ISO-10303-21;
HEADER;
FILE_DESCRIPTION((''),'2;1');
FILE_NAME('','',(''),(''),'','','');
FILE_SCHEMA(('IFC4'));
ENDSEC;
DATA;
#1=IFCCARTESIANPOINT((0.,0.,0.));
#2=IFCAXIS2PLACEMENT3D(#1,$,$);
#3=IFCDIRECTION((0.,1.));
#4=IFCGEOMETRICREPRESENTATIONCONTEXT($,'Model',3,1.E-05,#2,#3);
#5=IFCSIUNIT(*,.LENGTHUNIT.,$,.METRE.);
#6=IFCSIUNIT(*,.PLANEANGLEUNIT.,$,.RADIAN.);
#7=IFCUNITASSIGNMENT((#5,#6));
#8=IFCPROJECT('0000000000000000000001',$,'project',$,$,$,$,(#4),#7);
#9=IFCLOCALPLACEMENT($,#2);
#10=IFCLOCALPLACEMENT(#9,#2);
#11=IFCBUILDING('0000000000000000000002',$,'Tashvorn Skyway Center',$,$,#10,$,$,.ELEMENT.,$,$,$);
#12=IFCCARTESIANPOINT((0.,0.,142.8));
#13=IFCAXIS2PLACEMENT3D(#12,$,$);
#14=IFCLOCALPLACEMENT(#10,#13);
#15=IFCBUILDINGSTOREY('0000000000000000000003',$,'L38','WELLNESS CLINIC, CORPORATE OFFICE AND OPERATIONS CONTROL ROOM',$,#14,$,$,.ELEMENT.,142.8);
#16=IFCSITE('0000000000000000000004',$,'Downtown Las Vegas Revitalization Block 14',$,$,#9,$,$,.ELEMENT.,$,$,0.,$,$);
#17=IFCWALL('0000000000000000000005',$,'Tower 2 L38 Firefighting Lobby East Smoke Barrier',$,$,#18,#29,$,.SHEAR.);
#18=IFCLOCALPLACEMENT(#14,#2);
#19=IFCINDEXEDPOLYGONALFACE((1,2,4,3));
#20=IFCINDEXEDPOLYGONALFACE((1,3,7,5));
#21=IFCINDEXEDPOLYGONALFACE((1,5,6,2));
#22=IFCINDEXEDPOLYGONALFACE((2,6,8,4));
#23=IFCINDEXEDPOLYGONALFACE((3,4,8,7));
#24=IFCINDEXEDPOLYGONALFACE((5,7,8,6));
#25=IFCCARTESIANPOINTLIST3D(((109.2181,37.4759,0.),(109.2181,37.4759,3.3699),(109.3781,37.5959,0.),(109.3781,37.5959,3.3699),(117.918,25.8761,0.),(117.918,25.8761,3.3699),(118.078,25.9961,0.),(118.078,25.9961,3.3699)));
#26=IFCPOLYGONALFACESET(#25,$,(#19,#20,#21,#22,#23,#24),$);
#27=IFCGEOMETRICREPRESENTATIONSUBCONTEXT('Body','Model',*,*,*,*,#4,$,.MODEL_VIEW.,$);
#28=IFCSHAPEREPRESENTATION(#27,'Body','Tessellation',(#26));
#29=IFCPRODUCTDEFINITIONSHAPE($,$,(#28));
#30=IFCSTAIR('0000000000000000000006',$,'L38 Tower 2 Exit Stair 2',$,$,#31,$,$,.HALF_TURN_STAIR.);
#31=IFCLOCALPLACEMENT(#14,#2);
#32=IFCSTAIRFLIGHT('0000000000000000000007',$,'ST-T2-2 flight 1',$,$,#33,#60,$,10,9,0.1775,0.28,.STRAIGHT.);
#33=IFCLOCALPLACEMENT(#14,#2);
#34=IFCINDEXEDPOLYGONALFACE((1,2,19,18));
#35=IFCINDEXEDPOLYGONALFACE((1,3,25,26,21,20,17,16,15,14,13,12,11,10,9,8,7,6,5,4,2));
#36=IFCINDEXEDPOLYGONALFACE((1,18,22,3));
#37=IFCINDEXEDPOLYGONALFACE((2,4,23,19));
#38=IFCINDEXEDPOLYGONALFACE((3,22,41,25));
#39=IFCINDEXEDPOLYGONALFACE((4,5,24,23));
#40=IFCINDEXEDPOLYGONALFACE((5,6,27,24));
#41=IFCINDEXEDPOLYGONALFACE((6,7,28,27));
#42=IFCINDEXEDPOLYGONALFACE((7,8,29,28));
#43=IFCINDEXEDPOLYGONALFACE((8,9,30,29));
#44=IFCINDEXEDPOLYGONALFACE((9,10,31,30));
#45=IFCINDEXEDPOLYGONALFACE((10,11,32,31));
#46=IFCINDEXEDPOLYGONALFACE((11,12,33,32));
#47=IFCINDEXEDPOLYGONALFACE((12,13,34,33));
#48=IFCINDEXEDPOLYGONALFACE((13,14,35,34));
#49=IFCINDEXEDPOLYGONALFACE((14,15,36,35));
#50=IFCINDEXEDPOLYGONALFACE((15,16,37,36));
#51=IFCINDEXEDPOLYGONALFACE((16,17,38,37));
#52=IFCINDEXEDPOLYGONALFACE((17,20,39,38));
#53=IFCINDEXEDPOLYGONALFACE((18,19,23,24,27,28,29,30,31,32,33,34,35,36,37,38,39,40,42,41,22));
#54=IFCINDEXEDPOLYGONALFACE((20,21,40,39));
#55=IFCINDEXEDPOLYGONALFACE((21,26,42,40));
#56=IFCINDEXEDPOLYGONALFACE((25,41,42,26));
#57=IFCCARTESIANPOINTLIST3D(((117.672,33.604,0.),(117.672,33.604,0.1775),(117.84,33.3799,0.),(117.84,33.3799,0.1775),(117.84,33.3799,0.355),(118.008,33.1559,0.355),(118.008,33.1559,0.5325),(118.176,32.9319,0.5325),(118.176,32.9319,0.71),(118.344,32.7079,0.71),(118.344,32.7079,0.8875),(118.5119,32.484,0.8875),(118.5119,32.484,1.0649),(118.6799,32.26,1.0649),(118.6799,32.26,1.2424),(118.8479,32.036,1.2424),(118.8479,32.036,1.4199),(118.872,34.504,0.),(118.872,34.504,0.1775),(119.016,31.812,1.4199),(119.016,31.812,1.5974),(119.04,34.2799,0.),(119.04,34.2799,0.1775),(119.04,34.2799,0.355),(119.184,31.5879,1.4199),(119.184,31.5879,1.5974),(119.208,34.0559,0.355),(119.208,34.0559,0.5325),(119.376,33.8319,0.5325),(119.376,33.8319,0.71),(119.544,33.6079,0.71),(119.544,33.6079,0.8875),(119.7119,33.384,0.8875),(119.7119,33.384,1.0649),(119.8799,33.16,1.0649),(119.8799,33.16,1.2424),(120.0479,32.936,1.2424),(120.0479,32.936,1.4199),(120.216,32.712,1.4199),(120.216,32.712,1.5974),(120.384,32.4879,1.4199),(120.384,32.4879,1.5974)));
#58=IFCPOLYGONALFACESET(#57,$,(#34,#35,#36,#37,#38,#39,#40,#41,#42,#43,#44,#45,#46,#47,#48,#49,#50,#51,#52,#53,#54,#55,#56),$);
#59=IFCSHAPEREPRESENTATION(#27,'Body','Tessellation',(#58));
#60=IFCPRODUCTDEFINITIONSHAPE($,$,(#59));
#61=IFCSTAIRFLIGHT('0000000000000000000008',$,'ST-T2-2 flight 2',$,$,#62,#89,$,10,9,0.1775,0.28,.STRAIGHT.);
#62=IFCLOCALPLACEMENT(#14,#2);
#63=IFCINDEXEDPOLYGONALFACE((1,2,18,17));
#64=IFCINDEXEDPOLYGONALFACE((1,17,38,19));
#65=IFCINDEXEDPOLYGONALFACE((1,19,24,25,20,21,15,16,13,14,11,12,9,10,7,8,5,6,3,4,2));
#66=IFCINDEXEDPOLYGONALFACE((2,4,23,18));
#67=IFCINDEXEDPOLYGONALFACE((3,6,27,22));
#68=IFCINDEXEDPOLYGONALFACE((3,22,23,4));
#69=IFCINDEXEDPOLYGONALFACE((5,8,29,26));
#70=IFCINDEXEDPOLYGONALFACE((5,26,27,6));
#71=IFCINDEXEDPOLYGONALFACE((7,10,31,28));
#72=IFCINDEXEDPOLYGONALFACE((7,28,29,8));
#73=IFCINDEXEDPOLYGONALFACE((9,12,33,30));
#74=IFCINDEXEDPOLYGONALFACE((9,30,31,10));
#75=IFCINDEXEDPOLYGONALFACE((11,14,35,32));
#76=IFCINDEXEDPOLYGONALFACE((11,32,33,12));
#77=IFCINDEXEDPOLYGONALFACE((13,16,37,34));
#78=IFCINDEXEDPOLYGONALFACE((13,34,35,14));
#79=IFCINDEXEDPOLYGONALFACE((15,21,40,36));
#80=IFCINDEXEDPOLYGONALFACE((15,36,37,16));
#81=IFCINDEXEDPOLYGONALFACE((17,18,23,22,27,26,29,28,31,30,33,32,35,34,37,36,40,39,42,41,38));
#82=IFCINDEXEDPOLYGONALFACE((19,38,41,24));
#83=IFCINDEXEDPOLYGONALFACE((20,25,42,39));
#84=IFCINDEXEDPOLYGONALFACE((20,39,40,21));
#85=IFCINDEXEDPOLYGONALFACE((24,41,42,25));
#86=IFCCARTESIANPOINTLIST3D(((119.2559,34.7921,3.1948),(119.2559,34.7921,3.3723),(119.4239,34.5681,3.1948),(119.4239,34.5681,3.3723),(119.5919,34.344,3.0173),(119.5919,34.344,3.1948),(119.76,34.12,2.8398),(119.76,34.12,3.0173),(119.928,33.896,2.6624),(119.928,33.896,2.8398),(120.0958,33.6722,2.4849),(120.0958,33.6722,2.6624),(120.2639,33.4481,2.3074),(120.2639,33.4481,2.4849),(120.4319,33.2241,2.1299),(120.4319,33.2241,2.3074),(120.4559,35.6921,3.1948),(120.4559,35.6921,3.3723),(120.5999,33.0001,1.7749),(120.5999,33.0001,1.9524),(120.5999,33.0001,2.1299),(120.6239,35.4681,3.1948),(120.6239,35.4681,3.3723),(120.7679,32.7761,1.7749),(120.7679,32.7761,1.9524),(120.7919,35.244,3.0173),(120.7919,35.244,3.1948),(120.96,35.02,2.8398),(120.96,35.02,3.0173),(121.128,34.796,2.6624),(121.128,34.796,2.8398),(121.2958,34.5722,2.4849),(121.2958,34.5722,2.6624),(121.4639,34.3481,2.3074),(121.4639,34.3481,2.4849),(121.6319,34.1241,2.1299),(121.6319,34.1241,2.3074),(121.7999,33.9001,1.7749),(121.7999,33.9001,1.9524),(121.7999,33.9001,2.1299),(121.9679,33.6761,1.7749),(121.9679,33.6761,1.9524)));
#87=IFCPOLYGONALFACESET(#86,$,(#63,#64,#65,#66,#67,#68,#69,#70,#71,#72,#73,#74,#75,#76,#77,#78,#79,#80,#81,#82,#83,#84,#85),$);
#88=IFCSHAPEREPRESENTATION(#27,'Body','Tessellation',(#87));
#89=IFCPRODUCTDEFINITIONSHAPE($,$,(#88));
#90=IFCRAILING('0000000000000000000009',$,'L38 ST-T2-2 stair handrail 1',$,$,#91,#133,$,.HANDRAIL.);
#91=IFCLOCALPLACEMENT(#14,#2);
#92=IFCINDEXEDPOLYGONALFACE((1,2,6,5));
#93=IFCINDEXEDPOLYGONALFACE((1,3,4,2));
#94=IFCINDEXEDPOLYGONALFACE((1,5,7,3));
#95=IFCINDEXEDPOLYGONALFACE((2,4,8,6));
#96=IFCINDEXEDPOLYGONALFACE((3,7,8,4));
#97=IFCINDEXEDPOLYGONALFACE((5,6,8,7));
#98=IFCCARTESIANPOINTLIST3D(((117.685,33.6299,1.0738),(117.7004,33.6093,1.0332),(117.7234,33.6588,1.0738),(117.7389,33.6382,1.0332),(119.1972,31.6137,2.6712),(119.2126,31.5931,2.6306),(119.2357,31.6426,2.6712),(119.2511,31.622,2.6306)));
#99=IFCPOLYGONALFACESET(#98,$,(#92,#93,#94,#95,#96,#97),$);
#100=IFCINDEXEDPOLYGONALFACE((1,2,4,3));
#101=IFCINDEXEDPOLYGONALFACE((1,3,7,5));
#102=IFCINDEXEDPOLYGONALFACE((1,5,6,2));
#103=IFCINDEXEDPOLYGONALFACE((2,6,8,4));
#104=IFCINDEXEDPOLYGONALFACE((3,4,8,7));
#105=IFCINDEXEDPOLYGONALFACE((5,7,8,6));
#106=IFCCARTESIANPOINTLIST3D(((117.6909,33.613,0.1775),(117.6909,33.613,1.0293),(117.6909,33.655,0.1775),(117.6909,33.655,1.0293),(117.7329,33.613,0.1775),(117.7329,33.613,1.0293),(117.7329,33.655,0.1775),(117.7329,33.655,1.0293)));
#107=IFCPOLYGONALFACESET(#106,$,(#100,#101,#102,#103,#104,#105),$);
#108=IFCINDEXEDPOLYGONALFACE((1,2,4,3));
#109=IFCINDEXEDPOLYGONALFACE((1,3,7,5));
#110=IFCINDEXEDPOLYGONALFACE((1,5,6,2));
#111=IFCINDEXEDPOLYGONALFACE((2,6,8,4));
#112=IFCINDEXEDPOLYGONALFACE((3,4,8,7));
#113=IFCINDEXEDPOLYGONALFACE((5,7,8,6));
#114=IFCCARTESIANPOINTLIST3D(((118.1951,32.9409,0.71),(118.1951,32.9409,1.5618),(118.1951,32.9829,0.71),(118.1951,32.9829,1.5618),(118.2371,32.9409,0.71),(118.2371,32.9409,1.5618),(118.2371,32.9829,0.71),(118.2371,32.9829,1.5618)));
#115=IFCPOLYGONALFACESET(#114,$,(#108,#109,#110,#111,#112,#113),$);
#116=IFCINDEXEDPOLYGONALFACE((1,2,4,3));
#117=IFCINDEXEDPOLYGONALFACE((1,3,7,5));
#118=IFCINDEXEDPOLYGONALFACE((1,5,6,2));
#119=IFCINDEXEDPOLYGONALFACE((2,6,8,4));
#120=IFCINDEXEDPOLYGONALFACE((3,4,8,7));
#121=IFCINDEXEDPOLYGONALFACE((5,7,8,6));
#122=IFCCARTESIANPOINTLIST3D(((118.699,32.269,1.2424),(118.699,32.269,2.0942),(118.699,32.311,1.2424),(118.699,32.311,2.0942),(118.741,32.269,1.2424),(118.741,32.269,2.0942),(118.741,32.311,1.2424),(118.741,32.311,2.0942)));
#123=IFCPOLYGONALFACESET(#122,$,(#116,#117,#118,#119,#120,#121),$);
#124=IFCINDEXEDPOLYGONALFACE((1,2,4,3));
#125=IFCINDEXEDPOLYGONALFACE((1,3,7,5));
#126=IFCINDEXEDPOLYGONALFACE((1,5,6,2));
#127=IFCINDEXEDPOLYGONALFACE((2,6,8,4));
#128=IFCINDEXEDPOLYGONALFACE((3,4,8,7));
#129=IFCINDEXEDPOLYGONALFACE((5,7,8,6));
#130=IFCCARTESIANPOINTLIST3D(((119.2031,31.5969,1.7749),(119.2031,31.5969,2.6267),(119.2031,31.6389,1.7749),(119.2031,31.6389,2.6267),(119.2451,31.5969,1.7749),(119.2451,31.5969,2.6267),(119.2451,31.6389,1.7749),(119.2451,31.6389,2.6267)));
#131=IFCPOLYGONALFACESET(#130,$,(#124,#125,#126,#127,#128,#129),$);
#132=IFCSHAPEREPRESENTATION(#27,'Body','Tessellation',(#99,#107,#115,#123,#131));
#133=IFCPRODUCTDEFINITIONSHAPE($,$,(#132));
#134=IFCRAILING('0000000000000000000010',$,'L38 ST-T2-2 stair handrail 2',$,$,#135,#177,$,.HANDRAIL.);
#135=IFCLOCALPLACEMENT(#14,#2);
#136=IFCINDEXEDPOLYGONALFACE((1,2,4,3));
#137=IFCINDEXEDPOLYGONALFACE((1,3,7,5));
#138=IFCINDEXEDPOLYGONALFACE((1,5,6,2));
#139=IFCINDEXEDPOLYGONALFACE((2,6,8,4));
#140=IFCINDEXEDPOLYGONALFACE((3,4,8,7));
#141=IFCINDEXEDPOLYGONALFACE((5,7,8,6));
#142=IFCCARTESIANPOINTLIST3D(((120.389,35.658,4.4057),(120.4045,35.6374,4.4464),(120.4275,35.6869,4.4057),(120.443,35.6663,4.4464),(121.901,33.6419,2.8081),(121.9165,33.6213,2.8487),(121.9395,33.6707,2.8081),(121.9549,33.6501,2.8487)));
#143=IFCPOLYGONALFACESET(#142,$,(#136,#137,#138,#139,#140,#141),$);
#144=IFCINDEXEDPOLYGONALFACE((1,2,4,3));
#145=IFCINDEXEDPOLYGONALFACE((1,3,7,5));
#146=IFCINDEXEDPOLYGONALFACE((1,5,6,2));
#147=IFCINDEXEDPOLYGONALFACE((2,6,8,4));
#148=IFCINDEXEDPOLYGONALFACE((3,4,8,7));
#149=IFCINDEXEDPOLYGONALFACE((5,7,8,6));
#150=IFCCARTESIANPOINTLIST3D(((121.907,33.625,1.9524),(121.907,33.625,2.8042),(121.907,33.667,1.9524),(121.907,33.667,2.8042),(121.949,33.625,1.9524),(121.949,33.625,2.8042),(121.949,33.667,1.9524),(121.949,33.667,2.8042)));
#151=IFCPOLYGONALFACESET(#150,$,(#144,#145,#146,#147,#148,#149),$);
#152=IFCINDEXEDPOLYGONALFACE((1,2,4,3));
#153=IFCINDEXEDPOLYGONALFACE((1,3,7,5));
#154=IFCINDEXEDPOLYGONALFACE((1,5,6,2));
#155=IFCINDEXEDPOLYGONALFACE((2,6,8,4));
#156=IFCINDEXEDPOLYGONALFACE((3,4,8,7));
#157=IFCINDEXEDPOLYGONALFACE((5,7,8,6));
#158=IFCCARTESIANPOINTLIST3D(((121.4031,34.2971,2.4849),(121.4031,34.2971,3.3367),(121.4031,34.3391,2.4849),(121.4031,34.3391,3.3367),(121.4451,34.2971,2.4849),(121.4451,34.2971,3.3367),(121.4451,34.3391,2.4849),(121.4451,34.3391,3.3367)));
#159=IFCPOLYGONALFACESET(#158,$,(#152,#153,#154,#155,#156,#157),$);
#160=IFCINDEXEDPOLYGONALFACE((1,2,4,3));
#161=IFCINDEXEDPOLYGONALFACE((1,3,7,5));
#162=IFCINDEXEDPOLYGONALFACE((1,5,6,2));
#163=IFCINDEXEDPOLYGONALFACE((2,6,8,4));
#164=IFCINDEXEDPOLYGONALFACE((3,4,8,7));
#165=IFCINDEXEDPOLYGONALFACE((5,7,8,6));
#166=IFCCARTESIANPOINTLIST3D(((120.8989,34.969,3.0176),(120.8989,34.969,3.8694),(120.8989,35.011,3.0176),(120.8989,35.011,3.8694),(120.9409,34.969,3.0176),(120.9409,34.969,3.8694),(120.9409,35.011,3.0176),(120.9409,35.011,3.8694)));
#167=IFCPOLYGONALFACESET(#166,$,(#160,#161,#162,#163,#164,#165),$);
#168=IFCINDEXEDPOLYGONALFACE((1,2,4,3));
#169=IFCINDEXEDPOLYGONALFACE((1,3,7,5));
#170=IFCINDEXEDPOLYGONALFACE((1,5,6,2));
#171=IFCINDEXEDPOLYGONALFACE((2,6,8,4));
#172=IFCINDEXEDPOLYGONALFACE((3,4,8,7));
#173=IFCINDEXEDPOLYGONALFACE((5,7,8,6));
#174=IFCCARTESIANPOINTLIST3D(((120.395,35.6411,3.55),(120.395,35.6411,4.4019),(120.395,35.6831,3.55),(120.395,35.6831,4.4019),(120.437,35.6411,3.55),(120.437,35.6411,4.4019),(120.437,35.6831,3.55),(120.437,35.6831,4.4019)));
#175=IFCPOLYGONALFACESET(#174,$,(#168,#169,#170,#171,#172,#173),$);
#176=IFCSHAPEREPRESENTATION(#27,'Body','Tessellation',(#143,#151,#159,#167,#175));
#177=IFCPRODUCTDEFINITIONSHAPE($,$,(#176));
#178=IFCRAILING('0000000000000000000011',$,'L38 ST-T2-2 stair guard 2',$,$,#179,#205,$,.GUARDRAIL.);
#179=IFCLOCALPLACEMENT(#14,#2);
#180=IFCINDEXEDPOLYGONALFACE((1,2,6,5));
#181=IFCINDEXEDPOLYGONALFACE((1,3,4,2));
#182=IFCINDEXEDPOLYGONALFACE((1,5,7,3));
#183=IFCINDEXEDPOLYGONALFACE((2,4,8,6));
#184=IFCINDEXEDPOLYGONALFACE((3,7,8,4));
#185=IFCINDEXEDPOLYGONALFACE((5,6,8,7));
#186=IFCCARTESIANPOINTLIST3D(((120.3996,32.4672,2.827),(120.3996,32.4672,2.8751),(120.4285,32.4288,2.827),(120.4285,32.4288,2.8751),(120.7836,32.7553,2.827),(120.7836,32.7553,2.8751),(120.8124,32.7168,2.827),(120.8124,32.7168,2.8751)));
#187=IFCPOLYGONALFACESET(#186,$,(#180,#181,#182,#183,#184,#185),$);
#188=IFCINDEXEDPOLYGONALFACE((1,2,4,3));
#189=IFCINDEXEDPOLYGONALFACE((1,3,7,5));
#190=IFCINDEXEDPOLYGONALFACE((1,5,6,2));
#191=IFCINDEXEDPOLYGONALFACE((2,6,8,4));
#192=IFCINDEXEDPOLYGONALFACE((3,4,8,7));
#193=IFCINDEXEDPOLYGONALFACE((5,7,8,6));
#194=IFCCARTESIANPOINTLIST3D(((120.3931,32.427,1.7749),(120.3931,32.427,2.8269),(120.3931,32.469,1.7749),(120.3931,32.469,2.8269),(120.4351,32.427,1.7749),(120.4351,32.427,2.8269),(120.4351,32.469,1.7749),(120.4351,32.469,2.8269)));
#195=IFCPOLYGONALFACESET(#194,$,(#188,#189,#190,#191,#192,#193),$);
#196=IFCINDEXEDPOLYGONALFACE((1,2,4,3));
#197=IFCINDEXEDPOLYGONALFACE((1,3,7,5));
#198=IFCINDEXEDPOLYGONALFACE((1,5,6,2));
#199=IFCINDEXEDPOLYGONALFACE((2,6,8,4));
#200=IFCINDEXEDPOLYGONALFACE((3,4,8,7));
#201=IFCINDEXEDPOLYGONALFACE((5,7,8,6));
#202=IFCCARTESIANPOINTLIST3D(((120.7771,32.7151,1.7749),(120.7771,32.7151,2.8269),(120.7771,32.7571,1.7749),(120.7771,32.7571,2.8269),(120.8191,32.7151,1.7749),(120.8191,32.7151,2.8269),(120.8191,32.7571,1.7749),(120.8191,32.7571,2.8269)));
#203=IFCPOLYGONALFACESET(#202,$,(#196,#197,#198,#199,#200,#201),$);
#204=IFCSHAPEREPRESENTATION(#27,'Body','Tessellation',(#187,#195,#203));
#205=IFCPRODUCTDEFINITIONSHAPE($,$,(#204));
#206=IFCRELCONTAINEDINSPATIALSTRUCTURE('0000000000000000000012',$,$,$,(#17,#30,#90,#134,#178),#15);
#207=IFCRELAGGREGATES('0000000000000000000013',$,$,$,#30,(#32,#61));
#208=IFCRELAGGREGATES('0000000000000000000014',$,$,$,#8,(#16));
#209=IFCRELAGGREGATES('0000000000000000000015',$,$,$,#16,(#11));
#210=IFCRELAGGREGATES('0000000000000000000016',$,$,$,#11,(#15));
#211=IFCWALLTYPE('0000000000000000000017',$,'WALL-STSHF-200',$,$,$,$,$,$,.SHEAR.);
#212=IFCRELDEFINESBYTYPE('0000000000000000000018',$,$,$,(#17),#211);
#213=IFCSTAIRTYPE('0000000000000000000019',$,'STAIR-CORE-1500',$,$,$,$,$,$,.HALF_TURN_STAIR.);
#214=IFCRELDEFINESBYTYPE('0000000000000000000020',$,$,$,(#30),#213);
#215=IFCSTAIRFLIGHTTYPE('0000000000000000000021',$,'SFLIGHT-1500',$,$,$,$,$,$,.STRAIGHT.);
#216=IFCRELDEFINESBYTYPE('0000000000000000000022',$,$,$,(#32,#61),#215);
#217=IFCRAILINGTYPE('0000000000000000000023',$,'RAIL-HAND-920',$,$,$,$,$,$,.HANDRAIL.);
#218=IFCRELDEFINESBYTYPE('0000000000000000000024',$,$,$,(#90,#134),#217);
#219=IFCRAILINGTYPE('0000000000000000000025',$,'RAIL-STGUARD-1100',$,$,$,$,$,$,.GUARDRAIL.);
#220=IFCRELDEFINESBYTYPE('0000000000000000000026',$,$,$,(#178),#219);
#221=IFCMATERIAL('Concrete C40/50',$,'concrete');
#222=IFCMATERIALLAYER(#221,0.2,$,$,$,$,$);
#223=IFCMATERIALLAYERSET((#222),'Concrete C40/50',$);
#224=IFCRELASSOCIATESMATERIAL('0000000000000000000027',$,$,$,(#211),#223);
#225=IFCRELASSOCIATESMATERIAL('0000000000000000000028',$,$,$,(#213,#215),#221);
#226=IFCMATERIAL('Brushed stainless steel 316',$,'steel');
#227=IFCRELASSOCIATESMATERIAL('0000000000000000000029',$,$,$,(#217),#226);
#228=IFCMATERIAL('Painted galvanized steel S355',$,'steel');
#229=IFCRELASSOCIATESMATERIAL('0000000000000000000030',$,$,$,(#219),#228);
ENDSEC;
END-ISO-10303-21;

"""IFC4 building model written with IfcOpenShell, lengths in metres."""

from ifc_helpers import new_model, si_unit, direction, frame, frame_2d, origin, origin_2d, place, context, subcontext, project, spatial, polyline, rectangle, outline, extrude, material, layer, layer_set, type_object, element, aggregate, save


model = new_model("IFC4")

# Units and contexts
model_context = context("Model", 3, precision=1e-05, world=origin(), true_north=direction((0.0, 1.0)))
body_context = subcontext(model_context, "Body", "Model", "MODEL_VIEW")
ifc_project = project(units=[si_unit("LENGTHUNIT", "METRE"), si_unit("PLANEANGLEUNIT", "RADIAN")], contexts=[model_context])

# Site, building, storey
site_placement = place(None, origin())
site = spatial("IfcSite", under=ifc_project, at=site_placement, Name="Downtown Las Vegas Revitalization Block 14", CompositionType="ELEMENT", RefElevation=0.0)
building_placement = place(site_placement, origin())
building = spatial("IfcBuilding", under=site, at=building_placement, Name="Tashvorn Skyway Center", CompositionType="ELEMENT")
storey_placement = place(building_placement, frame((0.0, 0.0, 142.8)))
storey = spatial("IfcBuildingStorey", under=building, at=storey_placement, Name="L38", Description="WELLNESS CLINIC, CORPORATE OFFICE AND OPERATIONS CONTROL ROOM", CompositionType="ELEMENT", Elevation=142.8)

# Shared definitions
ifc_material_1 = material(Name="Concrete C40/50", Category="concrete")

# Wall
ifc_layer_1 = layer(ifc_material_1, 0.2)
ifc_layer_set_1 = layer_set([ifc_layer_1], Name="Concrete C40/50")
wall_type_1 = type_object("IfcWallType", Name="WALL-STSHF-200", PredefinedType="SHEAR", material=ifc_layer_set_1)
wall_1_placement = place(storey_placement, frame((117.998, 25.936, 0.0), z_axis=(0.0, 0.0, 1.0), x_axis=(-0.600003, 0.799998, 0.0)))
element("IfcWall", 1, at=wall_1_placement, inside=storey, type_object=wall_type_1, Name="Tower 2 L38 Firefighting Lobby East Smoke Barrier", PredefinedType="SHEAR", context=body_context, shape_type="SweptSolid", body=[
    extrude(rectangle(XDim=14.4998, YDim=0.2, at=frame_2d((7.25, 0.0))), origin(), (0.0, 0.0, 1.0), 3.3699),
])

# Stair, stair flights
stair_type = type_object("IfcStairType", Name="STAIR-CORE-1500", PredefinedType="HALF_TURN_STAIR", material=ifc_material_1)
stair_placement = place(storey_placement, origin())
stair = element("IfcStair", 2, at=stair_placement, inside=storey, type_object=stair_type, Name="L38 Tower 2 Exit Stair 2", PredefinedType="HALF_TURN_STAIR")
stair_flight_type = type_object("IfcStairFlightType", Name="SFLIGHT-1500", PredefinedType="STRAIGHT", material=ifc_material_1)
stair_flight_1_placement = place(storey_placement, frame((118.272, 34.054, 0.0), z_axis=(0.0, 0.0, 1.0), x_axis=(0.6, -0.8, 0.0)))
stair_flight_1 = element("IfcStairFlight", 3, at=stair_flight_1_placement, type_object=stair_flight_type, Name="ST-T2-2 flight 1", NumberOfRisers=10, NumberOfTreads=9, PredefinedType="STRAIGHT", RiserHeight=0.1775, TreadLength=0.28, context=body_context, shape_type="SweptSolid", body=[
    extrude(outline(polyline([(0.0, 0.0), (0.0, 0.1775), (0.28, 0.1775), (0.28, 0.355), (0.5601, 0.355), (0.5601, 0.5325), (0.8401, 0.5325), (0.8401, 0.71), (1.1201, 0.71), (1.1201, 0.8875), (1.3999, 0.8875), (1.3999, 1.0649), (1.6799, 1.0649), (1.6799, 1.2424), (1.96, 1.2424), (1.96, 1.4199), (2.24, 1.4199), (2.24, 1.5974), (2.52, 1.5974), (2.52, 1.7749), (2.52, 1.4199), (0.28, 0.0), (0.0, 0.0)])), frame((0.0, 0.75, 0.0), z_axis=(0.0, -1.0, 0.0), x_axis=(1.0, 0.0, 0.0)), (0.0, 0.0, 1.0), 1.5),
])
stair_flight_2_placement = place(storey_placement, frame((121.3679, 33.2261, 1.7749), z_axis=(0.0, 0.0, 1.0), x_axis=(-0.6, 0.8, 0.0)))
stair_flight_2 = element("IfcStairFlight", 4, at=stair_flight_2_placement, type_object=stair_flight_type, Name="ST-T2-2 flight 2", NumberOfRisers=10, NumberOfTreads=9, PredefinedType="STRAIGHT", RiserHeight=0.1775, TreadLength=0.28, context=body_context, shape_type="SweptSolid", body=[
    extrude(outline(polyline([(0.0, 0.0), (0.0, 0.1775), (0.28, 0.1775), (0.28, 0.355), (0.5601, 0.355), (0.5601, 0.5325), (0.8401, 0.5325), (0.8401, 0.71), (1.1201, 0.71), (1.1201, 0.8875), (1.3999, 0.8875), (1.3999, 1.0649), (1.6799, 1.0649), (1.6799, 1.2424), (1.96, 1.2424), (1.96, 1.4199), (2.24, 1.4199), (2.24, 1.5974), (2.52, 1.5974), (2.52, 1.7749), (2.52, 1.4199), (0.28, 0.0), (0.0, 0.0)])), frame((0.0, 0.75, 0.0), z_axis=(0.0, -1.0, 0.0), x_axis=(1.0, 0.0, 0.0)), (0.0, 0.0, 1.0), 1.5),
])
aggregate(stair, [stair_flight_1, stair_flight_2])

# Railings
ifc_material_2 = material(Name="Brushed stainless steel 316", Category="steel")
railing_type_1 = type_object("IfcRailingType", Name="RAIL-HAND-920", PredefinedType="HANDRAIL", material=ifc_material_2)
railing_1_placement = place(storey_placement, frame((117.7119, 33.634, 0.1775)))
element("IfcRailing", 5, at=railing_1_placement, inside=storey, type_object=railing_type_1, Name="L38 ST-T2-2 stair handrail 1", PredefinedType="HANDRAIL", context=body_context, shape_type="SweptSolid", body=[
    extrude(rectangle(XDim=0.0481, YDim=0.0481, at=origin_2d()), frame((0.0, 0.0, 0.876), z_axis=(0.506802, -0.675681, 0.535357), x_axis=(0.799977, 0.600031, 0.0)), (0.0, 0.0, 1.0), 2.9839),
    extrude(rectangle(XDim=0.042, YDim=0.042, at=origin_2d()), origin(), (0.0, 0.0, 1.0), 0.8518),
    extrude(rectangle(XDim=0.042, YDim=0.042, at=origin_2d()), frame((0.5042, -0.6721, 0.5325)), (0.0, 0.0, 1.0), 0.8518),
    extrude(rectangle(XDim=0.042, YDim=0.042, at=origin_2d()), frame((1.0081, -1.344, 1.0649)), (0.0, 0.0, 1.0), 0.8518),
    extrude(rectangle(XDim=0.042, YDim=0.042, at=origin_2d()), frame((1.5122, -2.0161, 1.5974)), (0.0, 0.0, 1.0), 0.8518),
])
railing_2_placement = place(storey_placement, frame((121.928, 33.646, 1.9524)))
element("IfcRailing", 6, at=railing_2_placement, inside=storey, type_object=railing_type_1, Name="L38 ST-T2-2 stair handrail 2", PredefinedType="HANDRAIL", context=body_context, shape_type="SweptSolid", body=[
    extrude(rectangle(XDim=0.0481, YDim=0.0481, at=origin_2d()), frame((0.0, 0.0, 0.876), z_axis=(-0.506719, 0.675679, 0.535438), x_axis=(-0.800023, -0.599969, 0.0)), (0.0, 0.0, 1.0), 2.9839),
    extrude(rectangle(XDim=0.042, YDim=0.042, at=origin_2d()), origin(), (0.0, 0.0, 1.0), 0.8518),
    extrude(rectangle(XDim=0.042, YDim=0.042, at=origin_2d()), frame((-0.5039, 0.6721, 0.5325)), (0.0, 0.0, 1.0), 0.8518),
    extrude(rectangle(XDim=0.042, YDim=0.042, at=origin_2d()), frame((-1.0081, 1.344, 1.0652)), (0.0, 0.0, 1.0), 0.8518),
    extrude(rectangle(XDim=0.042, YDim=0.042, at=origin_2d()), frame((-1.512, 2.0161, 1.5977)), (0.0, 0.0, 1.0), 0.8518),
])
ifc_material_3 = material(Name="Painted galvanized steel S355", Category="steel")
railing_type_2 = type_object("IfcRailingType", Name="RAIL-STGUARD-1100", PredefinedType="GUARDRAIL", material=ifc_material_3)
railing_3_placement = place(storey_placement, frame((120.4141, 32.448, 1.7749)))
element("IfcRailing", 7, at=railing_3_placement, inside=storey, type_object=railing_type_2, Name="L38 ST-T2-2 stair guard 2", PredefinedType="GUARDRAIL", context=body_context, shape_type="SweptSolid", body=[
    extrude(rectangle(XDim=0.0481, YDim=0.0481, at=origin_2d()), frame((0.0, 0.0, 1.0762), z_axis=(0.799939, 0.600081, 0.0), x_axis=(-0.600081, 0.799939, 0.0)), (0.0, 0.0, 1.0), 0.48),
    extrude(rectangle(XDim=0.042, YDim=0.042, at=origin_2d()), origin(), (0.0, 0.0, 1.0), 1.052),
    extrude(rectangle(XDim=0.042, YDim=0.042, at=origin_2d()), frame((0.384, 0.2881, 0.0)), (0.0, 0.0, 1.0), 1.052),
])

save(model, "model.ifc")
